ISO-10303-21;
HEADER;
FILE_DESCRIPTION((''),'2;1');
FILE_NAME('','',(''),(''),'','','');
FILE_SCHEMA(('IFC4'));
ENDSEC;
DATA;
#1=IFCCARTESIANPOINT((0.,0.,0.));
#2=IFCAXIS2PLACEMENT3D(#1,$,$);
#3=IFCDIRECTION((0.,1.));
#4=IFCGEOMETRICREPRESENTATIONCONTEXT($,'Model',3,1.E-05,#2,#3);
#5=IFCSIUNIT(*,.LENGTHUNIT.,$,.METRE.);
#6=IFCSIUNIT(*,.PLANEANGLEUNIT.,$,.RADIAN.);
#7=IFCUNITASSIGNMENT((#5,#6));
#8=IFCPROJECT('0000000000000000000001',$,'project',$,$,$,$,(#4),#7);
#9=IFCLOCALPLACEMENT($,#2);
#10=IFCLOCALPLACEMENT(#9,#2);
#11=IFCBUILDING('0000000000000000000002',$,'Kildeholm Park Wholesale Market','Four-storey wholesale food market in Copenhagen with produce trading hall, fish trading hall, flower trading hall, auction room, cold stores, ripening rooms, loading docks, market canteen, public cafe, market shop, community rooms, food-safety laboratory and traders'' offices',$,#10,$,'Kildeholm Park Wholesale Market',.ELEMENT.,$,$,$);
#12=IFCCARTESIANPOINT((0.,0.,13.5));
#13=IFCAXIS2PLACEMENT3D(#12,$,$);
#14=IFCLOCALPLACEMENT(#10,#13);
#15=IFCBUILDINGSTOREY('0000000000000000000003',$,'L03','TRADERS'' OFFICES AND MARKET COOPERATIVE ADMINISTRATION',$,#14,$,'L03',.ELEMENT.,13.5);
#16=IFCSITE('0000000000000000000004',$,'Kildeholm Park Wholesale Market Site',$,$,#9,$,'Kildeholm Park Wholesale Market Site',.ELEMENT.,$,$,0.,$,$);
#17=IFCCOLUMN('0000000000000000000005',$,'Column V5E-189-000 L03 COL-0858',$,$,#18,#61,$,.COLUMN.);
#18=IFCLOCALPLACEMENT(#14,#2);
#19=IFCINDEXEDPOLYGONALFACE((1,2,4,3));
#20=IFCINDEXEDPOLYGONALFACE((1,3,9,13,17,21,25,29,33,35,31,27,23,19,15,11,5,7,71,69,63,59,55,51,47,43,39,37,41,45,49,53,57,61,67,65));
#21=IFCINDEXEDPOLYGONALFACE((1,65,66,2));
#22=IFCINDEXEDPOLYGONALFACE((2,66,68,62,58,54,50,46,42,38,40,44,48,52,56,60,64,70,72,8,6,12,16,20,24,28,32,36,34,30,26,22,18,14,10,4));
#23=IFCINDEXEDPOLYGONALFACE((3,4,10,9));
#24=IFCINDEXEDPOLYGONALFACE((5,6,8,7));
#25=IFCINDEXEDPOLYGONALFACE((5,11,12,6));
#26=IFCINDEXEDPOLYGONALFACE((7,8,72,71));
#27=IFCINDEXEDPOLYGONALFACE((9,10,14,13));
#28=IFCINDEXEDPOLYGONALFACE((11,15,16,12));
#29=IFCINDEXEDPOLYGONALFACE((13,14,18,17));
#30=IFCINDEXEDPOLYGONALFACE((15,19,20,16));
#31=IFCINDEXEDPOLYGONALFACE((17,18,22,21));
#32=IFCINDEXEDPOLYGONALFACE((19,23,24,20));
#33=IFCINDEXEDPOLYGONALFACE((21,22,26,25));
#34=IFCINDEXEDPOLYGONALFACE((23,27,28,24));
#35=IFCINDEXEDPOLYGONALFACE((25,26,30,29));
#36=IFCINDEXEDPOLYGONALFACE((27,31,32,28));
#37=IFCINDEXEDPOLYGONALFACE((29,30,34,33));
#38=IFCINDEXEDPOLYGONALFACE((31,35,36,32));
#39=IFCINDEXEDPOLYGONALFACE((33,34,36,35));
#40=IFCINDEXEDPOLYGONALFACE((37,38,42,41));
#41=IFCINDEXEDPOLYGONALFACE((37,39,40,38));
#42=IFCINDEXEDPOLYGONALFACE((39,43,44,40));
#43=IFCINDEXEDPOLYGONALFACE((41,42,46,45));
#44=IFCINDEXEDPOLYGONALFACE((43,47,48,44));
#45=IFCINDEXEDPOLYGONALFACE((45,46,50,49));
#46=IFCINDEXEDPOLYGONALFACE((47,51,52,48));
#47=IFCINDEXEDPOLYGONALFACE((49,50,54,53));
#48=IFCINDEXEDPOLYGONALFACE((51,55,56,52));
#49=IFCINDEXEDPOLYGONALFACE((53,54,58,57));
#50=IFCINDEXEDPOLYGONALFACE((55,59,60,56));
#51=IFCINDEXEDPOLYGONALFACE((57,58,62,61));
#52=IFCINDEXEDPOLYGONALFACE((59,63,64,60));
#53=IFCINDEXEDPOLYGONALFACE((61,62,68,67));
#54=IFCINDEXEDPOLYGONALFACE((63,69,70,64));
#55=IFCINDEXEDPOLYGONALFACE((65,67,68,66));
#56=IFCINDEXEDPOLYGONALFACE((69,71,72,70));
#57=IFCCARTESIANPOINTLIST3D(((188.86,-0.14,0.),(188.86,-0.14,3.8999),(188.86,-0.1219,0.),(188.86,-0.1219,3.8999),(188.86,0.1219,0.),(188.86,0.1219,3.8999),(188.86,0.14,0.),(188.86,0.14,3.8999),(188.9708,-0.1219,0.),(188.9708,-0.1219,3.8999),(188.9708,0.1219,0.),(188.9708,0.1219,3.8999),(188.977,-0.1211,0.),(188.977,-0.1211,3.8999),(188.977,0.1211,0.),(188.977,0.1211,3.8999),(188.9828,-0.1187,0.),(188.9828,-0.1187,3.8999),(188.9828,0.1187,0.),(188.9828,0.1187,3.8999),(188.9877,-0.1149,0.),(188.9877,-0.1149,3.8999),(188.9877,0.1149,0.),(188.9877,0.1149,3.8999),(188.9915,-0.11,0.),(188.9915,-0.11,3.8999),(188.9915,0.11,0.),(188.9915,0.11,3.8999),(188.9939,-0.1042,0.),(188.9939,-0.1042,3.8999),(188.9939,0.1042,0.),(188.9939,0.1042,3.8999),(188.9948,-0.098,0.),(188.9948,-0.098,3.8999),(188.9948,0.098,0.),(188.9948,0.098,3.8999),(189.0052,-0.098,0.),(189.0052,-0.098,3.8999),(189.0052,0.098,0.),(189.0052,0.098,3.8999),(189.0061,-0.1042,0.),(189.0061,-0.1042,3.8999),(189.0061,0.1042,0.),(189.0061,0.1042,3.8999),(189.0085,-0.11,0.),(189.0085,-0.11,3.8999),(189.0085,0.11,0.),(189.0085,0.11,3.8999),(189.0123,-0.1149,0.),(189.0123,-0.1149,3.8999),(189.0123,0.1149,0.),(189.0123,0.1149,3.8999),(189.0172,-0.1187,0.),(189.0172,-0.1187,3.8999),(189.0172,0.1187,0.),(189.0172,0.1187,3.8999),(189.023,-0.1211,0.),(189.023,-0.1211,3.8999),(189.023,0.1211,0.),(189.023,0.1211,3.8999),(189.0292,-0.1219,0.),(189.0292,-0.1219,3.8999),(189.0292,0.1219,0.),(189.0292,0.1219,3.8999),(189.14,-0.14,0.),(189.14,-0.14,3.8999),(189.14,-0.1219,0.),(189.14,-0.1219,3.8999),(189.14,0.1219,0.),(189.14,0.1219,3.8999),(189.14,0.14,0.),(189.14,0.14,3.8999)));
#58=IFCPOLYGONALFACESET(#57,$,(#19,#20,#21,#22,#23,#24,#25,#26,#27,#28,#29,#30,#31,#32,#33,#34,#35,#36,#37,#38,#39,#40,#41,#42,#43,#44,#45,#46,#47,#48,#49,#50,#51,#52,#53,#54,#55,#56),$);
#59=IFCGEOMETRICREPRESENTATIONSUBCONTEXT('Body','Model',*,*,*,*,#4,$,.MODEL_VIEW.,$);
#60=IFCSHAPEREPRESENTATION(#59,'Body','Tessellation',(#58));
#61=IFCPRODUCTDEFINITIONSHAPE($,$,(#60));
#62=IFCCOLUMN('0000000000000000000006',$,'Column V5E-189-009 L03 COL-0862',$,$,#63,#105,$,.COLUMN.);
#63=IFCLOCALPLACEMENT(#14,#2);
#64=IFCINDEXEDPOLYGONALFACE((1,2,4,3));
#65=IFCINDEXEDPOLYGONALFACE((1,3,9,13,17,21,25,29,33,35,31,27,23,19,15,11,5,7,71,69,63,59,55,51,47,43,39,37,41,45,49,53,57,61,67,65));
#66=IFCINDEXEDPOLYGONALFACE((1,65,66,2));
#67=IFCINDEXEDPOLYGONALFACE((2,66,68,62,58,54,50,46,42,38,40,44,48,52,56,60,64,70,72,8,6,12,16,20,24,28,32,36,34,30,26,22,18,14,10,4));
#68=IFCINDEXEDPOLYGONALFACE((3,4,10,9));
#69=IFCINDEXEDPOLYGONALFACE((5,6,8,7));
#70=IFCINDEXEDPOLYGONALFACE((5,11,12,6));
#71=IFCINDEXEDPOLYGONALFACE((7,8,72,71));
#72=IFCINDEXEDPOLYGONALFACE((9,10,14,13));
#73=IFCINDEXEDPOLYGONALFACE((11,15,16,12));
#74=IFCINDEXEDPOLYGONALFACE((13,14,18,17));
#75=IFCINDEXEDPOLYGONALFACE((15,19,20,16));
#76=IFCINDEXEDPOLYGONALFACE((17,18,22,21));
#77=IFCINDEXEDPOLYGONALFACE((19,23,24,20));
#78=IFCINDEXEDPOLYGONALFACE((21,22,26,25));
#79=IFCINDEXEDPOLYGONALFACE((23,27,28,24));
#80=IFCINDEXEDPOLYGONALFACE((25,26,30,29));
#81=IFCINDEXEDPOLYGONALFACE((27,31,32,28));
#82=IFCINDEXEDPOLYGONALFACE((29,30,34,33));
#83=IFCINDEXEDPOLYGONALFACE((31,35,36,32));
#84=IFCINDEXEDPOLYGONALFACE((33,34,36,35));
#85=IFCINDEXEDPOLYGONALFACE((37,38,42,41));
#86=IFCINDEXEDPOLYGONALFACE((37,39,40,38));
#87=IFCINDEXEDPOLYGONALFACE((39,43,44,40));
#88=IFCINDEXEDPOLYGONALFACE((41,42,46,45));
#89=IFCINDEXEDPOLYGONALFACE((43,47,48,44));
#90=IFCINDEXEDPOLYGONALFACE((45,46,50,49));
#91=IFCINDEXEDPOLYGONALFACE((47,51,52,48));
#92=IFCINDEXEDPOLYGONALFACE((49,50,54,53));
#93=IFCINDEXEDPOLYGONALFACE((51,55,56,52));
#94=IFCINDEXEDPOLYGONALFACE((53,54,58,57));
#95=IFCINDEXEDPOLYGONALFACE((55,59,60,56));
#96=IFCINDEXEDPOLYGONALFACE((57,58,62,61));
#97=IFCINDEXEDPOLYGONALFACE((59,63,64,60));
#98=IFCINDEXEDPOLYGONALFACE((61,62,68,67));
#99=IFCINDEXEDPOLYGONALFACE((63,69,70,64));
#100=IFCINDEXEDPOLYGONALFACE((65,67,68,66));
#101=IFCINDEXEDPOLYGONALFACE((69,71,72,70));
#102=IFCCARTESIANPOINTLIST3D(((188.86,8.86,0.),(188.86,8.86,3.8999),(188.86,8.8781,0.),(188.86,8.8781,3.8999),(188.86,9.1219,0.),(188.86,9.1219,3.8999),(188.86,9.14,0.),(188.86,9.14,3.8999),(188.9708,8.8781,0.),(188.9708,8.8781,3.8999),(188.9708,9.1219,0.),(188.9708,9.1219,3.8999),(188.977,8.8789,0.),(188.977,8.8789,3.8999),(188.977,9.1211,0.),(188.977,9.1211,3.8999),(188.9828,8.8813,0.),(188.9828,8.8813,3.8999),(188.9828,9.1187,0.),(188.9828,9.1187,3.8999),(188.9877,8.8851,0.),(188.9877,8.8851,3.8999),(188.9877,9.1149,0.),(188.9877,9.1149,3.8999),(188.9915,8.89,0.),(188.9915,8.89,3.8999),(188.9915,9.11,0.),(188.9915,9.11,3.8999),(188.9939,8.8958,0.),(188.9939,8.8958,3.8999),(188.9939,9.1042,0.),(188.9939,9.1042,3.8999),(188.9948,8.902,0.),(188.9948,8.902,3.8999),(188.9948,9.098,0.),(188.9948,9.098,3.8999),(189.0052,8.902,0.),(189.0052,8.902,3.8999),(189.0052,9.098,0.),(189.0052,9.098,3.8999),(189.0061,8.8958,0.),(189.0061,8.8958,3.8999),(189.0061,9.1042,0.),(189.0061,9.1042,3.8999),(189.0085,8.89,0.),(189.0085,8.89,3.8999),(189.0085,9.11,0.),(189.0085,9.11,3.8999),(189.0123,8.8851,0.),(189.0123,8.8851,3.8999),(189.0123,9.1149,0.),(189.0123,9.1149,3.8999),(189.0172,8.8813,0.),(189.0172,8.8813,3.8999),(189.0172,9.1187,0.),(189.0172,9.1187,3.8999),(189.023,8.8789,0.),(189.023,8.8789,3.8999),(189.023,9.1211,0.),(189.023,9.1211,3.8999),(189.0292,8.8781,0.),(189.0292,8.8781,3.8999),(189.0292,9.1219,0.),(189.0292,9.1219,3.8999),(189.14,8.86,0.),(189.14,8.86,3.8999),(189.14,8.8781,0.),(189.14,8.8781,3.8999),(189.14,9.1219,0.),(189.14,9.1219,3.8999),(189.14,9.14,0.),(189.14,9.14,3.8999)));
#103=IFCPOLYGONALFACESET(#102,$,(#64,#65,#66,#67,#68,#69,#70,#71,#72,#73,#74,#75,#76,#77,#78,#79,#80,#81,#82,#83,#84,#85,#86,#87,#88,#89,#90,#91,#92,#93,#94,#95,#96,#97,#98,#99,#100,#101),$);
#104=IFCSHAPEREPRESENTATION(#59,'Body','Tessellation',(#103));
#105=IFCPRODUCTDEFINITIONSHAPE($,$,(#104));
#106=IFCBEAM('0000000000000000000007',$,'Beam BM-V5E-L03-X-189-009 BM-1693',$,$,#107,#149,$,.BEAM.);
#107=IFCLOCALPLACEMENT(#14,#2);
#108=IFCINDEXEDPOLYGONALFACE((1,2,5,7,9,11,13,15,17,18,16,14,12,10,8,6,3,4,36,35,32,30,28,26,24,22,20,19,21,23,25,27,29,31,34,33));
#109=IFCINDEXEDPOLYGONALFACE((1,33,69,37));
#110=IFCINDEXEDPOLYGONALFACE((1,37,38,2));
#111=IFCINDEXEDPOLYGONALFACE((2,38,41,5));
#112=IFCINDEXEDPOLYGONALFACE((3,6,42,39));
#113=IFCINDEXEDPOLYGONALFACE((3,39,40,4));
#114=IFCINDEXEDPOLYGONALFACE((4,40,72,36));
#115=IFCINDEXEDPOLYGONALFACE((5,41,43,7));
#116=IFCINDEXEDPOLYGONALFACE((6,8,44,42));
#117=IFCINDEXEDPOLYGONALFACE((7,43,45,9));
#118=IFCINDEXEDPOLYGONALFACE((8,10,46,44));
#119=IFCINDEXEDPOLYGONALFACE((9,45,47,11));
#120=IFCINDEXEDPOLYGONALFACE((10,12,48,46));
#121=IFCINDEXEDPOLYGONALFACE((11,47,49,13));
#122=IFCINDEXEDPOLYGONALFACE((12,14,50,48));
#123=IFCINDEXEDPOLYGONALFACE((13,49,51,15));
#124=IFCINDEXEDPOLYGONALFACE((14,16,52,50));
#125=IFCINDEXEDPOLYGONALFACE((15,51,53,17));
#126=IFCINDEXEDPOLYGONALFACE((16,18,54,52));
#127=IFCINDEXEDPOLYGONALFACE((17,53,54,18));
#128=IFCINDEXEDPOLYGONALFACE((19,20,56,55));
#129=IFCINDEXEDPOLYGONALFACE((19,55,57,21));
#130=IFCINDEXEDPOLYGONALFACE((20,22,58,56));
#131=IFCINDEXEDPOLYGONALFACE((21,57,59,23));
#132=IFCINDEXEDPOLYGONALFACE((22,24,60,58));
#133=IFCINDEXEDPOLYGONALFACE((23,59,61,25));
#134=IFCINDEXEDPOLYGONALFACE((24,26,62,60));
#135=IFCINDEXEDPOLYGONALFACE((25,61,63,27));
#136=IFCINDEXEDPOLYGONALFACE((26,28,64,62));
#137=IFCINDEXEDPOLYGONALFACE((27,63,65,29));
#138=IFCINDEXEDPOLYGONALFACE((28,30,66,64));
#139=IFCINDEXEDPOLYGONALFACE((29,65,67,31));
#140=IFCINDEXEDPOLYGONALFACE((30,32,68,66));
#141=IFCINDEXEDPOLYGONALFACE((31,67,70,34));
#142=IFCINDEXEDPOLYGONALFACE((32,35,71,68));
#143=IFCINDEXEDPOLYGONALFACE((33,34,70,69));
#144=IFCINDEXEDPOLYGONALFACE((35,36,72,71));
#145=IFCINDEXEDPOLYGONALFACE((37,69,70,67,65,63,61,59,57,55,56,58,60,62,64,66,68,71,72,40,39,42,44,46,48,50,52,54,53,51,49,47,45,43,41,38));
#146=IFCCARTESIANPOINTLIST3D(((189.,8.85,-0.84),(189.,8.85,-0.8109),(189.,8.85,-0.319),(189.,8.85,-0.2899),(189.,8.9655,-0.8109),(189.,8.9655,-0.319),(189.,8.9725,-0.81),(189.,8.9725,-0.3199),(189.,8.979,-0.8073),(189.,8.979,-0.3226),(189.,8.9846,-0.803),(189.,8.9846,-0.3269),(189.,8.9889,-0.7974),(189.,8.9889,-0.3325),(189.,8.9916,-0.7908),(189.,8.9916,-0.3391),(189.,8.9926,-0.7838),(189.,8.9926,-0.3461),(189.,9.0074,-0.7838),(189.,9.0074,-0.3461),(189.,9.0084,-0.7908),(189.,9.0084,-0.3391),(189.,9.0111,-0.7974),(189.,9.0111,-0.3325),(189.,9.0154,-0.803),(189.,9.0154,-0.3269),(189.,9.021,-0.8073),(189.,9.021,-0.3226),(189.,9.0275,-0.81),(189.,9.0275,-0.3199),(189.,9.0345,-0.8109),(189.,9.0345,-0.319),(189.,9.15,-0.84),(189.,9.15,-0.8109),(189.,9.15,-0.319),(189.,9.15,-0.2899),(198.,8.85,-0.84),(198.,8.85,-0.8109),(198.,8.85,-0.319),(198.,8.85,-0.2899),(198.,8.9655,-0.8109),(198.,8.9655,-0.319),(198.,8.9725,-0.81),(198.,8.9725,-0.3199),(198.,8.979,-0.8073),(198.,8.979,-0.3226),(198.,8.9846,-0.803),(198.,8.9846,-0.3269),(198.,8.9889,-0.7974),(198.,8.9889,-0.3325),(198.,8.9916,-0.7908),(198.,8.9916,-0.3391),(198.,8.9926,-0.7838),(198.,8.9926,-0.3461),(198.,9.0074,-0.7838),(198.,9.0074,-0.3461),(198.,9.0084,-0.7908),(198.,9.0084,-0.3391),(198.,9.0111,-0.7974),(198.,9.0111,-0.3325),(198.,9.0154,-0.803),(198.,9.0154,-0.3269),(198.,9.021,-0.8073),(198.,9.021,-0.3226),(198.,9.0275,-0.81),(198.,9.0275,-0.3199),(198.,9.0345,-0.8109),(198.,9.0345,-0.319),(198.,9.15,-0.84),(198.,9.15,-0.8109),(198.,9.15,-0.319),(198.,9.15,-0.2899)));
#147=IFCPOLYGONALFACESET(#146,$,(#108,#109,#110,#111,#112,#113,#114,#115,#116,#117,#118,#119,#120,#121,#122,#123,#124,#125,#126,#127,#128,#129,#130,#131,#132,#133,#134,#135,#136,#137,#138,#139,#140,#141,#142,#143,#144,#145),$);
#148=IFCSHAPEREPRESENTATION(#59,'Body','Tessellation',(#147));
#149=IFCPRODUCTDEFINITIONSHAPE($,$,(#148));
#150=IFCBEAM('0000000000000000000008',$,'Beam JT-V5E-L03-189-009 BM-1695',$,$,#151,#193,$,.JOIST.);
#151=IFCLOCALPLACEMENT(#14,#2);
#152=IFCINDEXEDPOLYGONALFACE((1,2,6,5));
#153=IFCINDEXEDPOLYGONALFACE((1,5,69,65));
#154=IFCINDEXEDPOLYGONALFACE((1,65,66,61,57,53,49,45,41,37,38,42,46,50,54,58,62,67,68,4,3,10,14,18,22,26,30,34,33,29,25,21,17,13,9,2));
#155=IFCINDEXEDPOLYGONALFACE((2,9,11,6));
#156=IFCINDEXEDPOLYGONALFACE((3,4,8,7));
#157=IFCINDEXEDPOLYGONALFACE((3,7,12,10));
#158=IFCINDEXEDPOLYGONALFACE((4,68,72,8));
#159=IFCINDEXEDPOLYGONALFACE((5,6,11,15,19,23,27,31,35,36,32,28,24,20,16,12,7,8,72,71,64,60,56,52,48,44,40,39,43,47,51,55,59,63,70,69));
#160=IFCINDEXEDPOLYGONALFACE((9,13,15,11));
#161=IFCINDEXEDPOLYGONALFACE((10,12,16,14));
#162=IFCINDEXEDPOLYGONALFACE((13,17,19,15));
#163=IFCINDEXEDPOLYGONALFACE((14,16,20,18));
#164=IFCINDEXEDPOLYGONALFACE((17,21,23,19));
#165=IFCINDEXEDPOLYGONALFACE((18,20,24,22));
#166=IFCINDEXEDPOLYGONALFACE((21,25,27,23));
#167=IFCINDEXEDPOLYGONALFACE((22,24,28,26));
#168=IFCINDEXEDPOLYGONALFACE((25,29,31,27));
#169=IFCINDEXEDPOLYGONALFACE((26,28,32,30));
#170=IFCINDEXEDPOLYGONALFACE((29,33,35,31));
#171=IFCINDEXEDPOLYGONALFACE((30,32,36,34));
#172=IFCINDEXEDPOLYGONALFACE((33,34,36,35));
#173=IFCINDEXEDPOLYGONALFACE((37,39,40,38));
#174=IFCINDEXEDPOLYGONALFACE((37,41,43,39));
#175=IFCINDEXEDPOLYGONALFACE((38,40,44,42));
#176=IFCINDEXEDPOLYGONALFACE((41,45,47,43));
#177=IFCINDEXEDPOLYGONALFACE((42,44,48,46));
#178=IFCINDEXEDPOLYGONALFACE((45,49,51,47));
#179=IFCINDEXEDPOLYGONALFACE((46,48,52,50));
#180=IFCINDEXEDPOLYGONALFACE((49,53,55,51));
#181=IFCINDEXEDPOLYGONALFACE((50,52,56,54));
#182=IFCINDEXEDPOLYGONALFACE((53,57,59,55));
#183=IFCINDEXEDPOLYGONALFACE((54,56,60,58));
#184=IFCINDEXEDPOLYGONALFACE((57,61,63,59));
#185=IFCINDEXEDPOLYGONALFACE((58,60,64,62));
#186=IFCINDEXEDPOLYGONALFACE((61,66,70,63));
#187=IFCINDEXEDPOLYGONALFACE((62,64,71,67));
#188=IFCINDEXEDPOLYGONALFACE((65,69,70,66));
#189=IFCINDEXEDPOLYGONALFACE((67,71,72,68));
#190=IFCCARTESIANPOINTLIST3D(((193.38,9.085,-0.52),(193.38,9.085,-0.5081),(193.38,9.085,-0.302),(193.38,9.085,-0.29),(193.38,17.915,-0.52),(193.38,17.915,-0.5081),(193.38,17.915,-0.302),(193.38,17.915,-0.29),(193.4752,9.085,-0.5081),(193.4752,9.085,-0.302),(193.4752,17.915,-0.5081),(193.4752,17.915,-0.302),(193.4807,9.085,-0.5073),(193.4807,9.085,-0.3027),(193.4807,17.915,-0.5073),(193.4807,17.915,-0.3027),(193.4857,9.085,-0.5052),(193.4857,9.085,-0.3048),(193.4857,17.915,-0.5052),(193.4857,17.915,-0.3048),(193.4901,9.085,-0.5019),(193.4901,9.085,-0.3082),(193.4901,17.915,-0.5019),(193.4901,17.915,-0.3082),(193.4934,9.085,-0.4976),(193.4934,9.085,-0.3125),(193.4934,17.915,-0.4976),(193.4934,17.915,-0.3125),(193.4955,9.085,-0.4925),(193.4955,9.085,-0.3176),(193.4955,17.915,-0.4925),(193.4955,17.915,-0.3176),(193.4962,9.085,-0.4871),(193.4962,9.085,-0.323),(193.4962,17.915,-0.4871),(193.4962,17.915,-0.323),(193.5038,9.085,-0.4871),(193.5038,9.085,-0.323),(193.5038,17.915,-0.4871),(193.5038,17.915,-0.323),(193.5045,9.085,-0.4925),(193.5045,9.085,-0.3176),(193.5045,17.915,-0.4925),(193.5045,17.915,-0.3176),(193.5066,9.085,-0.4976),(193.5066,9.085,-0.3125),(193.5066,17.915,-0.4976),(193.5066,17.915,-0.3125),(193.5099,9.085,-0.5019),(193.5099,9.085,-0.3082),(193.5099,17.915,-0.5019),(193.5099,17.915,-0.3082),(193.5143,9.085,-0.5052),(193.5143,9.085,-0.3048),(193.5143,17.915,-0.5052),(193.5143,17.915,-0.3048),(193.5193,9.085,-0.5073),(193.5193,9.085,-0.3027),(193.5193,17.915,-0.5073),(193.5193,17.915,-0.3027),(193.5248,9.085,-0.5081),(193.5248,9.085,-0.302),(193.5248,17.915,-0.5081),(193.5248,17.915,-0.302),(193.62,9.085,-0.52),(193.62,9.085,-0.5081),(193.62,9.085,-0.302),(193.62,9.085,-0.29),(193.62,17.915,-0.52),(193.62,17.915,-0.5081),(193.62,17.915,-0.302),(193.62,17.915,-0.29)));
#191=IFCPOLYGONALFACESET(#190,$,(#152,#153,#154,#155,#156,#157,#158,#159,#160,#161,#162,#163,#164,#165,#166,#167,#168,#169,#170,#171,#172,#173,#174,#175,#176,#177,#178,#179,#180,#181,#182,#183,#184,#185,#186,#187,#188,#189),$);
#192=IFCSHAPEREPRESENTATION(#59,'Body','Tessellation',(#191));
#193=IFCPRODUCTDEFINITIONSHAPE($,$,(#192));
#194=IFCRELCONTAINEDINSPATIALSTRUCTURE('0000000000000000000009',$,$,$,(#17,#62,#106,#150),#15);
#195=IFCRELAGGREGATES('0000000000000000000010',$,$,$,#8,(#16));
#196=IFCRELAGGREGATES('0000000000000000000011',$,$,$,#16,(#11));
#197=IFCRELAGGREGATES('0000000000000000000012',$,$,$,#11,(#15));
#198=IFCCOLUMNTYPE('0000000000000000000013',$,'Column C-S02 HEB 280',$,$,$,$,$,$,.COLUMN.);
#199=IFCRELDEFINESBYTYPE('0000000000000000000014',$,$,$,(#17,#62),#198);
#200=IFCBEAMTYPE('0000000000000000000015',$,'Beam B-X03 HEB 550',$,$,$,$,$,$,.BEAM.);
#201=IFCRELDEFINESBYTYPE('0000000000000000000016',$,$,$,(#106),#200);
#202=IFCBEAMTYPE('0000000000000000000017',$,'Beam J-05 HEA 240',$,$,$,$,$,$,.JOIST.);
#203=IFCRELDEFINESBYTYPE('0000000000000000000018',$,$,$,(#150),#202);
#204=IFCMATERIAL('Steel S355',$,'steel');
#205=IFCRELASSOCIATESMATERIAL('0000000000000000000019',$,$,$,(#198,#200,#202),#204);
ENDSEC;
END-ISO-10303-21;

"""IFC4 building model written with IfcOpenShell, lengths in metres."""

from ifc_helpers import new_model, si_unit, direction, frame, origin, origin_2d, place, context, subcontext, project, spatial, i_section, extrude, material, material_profile, profile_set, type_object, element, save


model = new_model("IFC4")

# Units and contexts
model_context = context("Model", 3, precision=1e-05, world=origin(), true_north=direction((0.0, 1.0)))
body_context = subcontext(model_context, "Body", "Model", "MODEL_VIEW")
ifc_project = project(units=[si_unit("LENGTHUNIT", "METRE"), si_unit("PLANEANGLEUNIT", "RADIAN")], contexts=[model_context])

# Site, building, storey
site_placement = place(None, origin())
site = spatial("IfcSite", under=ifc_project, at=site_placement, Name="Kildeholm Park Wholesale Market Site", LongName="Kildeholm Park Wholesale Market Site", CompositionType="ELEMENT", RefElevation=0.0)
building_placement = place(site_placement, origin())
building = spatial("IfcBuilding", under=site, at=building_placement, Name="Kildeholm Park Wholesale Market", Description="Four-storey wholesale food market in Copenhagen with produce trading hall, fish trading hall, flower trading hall, auction room, cold stores, ripening rooms, loading docks, market canteen, public cafe, market shop, community rooms, food-safety laboratory and traders' offices", LongName="Kildeholm Park Wholesale Market", CompositionType="ELEMENT")
storey_placement = place(building_placement, frame((0.0, 0.0, 13.5)))
storey = spatial("IfcBuildingStorey", under=building, at=storey_placement, Name="L03", Description="TRADERS' OFFICES AND MARKET COOPERATIVE ADMINISTRATION", LongName="L03", CompositionType="ELEMENT", Elevation=13.5)

# Columns
ifc_material_1 = material(Name="Steel S355", Category="steel")
ifc_material_profile_1 = material_profile(ifc_material_1, i_section(OverallWidth=0.28, OverallDepth=0.28, WebThickness=0.0105, FlangeThickness=0.0181, FilletRadius=0.0239, at=origin_2d()), Name="HEB 280")
ifc_profile_set_1 = profile_set([ifc_material_profile_1], Name="Steel S355")
column_type = type_object("IfcColumnType", Name="Column C-S02 HEB 280", PredefinedType="COLUMN", material=ifc_profile_set_1)
for number, where, z_axis, x_axis, name in (
    (1, (189.0, 0.0, 0.0), (0.0, 0.0, 1.0), (1.0, 0.0, 0.0), "Column V5E-189-000 L03 COL-0858"),
    (2, (189.0, 9.0, 0.0), (0.0, 0.0, 1.0), (1.0, 0.0, 0.0), "Column V5E-189-009 L03 COL-0862"),
):
    element("IfcColumn", number, at=place(storey_placement, frame(where, z_axis=z_axis, x_axis=x_axis)), inside=storey, type_object=column_type, Name=name, PredefinedType="COLUMN", context=body_context, shape_type="SweptSolid", body=[
        extrude(i_section(OverallWidth=0.28, OverallDepth=0.28, WebThickness=0.0105, FlangeThickness=0.0181, FilletRadius=0.0239, at=origin_2d()), origin(), (0.0, 0.0, 1.0), 3.8999),
    ])

# Beams
ifc_material_profile_2 = material_profile(ifc_material_1, i_section(OverallWidth=0.3, OverallDepth=0.55, WebThickness=0.0149, FlangeThickness=0.0291, FilletRadius=0.0271, at=origin_2d()), Name="HEB 550")
ifc_profile_set_2 = profile_set([ifc_material_profile_2], Name="Steel S355")
beam_type_1 = type_object("IfcBeamType", Name="Beam B-X03 HEB 550", PredefinedType="BEAM", material=ifc_profile_set_2)
beam_1_placement = place(storey_placement, frame((189.0, 9.0, -0.5649), z_axis=(1.0, 0.0, 0.0), x_axis=(0.0, 1.0, 0.0)))
element("IfcBeam", 3, at=beam_1_placement, inside=storey, type_object=beam_type_1, Name="Beam BM-V5E-L03-X-189-009 BM-1693", PredefinedType="BEAM", context=body_context, shape_type="SweptSolid", body=[
    extrude(i_section(OverallWidth=0.3, OverallDepth=0.55, WebThickness=0.0149, FlangeThickness=0.0291, FilletRadius=0.0271, at=origin_2d()), origin(), (0.0, 0.0, 1.0), 9.0),
])
ifc_material_profile_3 = material_profile(ifc_material_1, i_section(OverallWidth=0.24, OverallDepth=0.23, WebThickness=0.0076, FlangeThickness=0.012, FilletRadius=0.021, at=origin_2d()), Name="HEA 240")
ifc_profile_set_3 = profile_set([ifc_material_profile_3], Name="Steel S355")
beam_type_2 = type_object("IfcBeamType", Name="Beam J-05 HEA 240", PredefinedType="JOIST", material=ifc_profile_set_3)
for number, where, z_axis, x_axis, name in (
    (4, (193.5, 9.085, -0.405), (0.0, 1.0, 0.0), (-1.0, 0.0, 0.0), "Beam JT-V5E-L03-189-009 BM-1695"),
):
    element("IfcBeam", number, at=place(storey_placement, frame(where, z_axis=z_axis, x_axis=x_axis)), inside=storey, type_object=beam_type_2, Name=name, PredefinedType="JOIST", context=body_context, shape_type="SweptSolid", body=[
        extrude(i_section(OverallWidth=0.24, OverallDepth=0.23, WebThickness=0.0076, FlangeThickness=0.012, FilletRadius=0.021, at=origin_2d()), origin(), (0.0, 0.0, 1.0), 8.8301),
    ])

save(model, "model.ifc")
